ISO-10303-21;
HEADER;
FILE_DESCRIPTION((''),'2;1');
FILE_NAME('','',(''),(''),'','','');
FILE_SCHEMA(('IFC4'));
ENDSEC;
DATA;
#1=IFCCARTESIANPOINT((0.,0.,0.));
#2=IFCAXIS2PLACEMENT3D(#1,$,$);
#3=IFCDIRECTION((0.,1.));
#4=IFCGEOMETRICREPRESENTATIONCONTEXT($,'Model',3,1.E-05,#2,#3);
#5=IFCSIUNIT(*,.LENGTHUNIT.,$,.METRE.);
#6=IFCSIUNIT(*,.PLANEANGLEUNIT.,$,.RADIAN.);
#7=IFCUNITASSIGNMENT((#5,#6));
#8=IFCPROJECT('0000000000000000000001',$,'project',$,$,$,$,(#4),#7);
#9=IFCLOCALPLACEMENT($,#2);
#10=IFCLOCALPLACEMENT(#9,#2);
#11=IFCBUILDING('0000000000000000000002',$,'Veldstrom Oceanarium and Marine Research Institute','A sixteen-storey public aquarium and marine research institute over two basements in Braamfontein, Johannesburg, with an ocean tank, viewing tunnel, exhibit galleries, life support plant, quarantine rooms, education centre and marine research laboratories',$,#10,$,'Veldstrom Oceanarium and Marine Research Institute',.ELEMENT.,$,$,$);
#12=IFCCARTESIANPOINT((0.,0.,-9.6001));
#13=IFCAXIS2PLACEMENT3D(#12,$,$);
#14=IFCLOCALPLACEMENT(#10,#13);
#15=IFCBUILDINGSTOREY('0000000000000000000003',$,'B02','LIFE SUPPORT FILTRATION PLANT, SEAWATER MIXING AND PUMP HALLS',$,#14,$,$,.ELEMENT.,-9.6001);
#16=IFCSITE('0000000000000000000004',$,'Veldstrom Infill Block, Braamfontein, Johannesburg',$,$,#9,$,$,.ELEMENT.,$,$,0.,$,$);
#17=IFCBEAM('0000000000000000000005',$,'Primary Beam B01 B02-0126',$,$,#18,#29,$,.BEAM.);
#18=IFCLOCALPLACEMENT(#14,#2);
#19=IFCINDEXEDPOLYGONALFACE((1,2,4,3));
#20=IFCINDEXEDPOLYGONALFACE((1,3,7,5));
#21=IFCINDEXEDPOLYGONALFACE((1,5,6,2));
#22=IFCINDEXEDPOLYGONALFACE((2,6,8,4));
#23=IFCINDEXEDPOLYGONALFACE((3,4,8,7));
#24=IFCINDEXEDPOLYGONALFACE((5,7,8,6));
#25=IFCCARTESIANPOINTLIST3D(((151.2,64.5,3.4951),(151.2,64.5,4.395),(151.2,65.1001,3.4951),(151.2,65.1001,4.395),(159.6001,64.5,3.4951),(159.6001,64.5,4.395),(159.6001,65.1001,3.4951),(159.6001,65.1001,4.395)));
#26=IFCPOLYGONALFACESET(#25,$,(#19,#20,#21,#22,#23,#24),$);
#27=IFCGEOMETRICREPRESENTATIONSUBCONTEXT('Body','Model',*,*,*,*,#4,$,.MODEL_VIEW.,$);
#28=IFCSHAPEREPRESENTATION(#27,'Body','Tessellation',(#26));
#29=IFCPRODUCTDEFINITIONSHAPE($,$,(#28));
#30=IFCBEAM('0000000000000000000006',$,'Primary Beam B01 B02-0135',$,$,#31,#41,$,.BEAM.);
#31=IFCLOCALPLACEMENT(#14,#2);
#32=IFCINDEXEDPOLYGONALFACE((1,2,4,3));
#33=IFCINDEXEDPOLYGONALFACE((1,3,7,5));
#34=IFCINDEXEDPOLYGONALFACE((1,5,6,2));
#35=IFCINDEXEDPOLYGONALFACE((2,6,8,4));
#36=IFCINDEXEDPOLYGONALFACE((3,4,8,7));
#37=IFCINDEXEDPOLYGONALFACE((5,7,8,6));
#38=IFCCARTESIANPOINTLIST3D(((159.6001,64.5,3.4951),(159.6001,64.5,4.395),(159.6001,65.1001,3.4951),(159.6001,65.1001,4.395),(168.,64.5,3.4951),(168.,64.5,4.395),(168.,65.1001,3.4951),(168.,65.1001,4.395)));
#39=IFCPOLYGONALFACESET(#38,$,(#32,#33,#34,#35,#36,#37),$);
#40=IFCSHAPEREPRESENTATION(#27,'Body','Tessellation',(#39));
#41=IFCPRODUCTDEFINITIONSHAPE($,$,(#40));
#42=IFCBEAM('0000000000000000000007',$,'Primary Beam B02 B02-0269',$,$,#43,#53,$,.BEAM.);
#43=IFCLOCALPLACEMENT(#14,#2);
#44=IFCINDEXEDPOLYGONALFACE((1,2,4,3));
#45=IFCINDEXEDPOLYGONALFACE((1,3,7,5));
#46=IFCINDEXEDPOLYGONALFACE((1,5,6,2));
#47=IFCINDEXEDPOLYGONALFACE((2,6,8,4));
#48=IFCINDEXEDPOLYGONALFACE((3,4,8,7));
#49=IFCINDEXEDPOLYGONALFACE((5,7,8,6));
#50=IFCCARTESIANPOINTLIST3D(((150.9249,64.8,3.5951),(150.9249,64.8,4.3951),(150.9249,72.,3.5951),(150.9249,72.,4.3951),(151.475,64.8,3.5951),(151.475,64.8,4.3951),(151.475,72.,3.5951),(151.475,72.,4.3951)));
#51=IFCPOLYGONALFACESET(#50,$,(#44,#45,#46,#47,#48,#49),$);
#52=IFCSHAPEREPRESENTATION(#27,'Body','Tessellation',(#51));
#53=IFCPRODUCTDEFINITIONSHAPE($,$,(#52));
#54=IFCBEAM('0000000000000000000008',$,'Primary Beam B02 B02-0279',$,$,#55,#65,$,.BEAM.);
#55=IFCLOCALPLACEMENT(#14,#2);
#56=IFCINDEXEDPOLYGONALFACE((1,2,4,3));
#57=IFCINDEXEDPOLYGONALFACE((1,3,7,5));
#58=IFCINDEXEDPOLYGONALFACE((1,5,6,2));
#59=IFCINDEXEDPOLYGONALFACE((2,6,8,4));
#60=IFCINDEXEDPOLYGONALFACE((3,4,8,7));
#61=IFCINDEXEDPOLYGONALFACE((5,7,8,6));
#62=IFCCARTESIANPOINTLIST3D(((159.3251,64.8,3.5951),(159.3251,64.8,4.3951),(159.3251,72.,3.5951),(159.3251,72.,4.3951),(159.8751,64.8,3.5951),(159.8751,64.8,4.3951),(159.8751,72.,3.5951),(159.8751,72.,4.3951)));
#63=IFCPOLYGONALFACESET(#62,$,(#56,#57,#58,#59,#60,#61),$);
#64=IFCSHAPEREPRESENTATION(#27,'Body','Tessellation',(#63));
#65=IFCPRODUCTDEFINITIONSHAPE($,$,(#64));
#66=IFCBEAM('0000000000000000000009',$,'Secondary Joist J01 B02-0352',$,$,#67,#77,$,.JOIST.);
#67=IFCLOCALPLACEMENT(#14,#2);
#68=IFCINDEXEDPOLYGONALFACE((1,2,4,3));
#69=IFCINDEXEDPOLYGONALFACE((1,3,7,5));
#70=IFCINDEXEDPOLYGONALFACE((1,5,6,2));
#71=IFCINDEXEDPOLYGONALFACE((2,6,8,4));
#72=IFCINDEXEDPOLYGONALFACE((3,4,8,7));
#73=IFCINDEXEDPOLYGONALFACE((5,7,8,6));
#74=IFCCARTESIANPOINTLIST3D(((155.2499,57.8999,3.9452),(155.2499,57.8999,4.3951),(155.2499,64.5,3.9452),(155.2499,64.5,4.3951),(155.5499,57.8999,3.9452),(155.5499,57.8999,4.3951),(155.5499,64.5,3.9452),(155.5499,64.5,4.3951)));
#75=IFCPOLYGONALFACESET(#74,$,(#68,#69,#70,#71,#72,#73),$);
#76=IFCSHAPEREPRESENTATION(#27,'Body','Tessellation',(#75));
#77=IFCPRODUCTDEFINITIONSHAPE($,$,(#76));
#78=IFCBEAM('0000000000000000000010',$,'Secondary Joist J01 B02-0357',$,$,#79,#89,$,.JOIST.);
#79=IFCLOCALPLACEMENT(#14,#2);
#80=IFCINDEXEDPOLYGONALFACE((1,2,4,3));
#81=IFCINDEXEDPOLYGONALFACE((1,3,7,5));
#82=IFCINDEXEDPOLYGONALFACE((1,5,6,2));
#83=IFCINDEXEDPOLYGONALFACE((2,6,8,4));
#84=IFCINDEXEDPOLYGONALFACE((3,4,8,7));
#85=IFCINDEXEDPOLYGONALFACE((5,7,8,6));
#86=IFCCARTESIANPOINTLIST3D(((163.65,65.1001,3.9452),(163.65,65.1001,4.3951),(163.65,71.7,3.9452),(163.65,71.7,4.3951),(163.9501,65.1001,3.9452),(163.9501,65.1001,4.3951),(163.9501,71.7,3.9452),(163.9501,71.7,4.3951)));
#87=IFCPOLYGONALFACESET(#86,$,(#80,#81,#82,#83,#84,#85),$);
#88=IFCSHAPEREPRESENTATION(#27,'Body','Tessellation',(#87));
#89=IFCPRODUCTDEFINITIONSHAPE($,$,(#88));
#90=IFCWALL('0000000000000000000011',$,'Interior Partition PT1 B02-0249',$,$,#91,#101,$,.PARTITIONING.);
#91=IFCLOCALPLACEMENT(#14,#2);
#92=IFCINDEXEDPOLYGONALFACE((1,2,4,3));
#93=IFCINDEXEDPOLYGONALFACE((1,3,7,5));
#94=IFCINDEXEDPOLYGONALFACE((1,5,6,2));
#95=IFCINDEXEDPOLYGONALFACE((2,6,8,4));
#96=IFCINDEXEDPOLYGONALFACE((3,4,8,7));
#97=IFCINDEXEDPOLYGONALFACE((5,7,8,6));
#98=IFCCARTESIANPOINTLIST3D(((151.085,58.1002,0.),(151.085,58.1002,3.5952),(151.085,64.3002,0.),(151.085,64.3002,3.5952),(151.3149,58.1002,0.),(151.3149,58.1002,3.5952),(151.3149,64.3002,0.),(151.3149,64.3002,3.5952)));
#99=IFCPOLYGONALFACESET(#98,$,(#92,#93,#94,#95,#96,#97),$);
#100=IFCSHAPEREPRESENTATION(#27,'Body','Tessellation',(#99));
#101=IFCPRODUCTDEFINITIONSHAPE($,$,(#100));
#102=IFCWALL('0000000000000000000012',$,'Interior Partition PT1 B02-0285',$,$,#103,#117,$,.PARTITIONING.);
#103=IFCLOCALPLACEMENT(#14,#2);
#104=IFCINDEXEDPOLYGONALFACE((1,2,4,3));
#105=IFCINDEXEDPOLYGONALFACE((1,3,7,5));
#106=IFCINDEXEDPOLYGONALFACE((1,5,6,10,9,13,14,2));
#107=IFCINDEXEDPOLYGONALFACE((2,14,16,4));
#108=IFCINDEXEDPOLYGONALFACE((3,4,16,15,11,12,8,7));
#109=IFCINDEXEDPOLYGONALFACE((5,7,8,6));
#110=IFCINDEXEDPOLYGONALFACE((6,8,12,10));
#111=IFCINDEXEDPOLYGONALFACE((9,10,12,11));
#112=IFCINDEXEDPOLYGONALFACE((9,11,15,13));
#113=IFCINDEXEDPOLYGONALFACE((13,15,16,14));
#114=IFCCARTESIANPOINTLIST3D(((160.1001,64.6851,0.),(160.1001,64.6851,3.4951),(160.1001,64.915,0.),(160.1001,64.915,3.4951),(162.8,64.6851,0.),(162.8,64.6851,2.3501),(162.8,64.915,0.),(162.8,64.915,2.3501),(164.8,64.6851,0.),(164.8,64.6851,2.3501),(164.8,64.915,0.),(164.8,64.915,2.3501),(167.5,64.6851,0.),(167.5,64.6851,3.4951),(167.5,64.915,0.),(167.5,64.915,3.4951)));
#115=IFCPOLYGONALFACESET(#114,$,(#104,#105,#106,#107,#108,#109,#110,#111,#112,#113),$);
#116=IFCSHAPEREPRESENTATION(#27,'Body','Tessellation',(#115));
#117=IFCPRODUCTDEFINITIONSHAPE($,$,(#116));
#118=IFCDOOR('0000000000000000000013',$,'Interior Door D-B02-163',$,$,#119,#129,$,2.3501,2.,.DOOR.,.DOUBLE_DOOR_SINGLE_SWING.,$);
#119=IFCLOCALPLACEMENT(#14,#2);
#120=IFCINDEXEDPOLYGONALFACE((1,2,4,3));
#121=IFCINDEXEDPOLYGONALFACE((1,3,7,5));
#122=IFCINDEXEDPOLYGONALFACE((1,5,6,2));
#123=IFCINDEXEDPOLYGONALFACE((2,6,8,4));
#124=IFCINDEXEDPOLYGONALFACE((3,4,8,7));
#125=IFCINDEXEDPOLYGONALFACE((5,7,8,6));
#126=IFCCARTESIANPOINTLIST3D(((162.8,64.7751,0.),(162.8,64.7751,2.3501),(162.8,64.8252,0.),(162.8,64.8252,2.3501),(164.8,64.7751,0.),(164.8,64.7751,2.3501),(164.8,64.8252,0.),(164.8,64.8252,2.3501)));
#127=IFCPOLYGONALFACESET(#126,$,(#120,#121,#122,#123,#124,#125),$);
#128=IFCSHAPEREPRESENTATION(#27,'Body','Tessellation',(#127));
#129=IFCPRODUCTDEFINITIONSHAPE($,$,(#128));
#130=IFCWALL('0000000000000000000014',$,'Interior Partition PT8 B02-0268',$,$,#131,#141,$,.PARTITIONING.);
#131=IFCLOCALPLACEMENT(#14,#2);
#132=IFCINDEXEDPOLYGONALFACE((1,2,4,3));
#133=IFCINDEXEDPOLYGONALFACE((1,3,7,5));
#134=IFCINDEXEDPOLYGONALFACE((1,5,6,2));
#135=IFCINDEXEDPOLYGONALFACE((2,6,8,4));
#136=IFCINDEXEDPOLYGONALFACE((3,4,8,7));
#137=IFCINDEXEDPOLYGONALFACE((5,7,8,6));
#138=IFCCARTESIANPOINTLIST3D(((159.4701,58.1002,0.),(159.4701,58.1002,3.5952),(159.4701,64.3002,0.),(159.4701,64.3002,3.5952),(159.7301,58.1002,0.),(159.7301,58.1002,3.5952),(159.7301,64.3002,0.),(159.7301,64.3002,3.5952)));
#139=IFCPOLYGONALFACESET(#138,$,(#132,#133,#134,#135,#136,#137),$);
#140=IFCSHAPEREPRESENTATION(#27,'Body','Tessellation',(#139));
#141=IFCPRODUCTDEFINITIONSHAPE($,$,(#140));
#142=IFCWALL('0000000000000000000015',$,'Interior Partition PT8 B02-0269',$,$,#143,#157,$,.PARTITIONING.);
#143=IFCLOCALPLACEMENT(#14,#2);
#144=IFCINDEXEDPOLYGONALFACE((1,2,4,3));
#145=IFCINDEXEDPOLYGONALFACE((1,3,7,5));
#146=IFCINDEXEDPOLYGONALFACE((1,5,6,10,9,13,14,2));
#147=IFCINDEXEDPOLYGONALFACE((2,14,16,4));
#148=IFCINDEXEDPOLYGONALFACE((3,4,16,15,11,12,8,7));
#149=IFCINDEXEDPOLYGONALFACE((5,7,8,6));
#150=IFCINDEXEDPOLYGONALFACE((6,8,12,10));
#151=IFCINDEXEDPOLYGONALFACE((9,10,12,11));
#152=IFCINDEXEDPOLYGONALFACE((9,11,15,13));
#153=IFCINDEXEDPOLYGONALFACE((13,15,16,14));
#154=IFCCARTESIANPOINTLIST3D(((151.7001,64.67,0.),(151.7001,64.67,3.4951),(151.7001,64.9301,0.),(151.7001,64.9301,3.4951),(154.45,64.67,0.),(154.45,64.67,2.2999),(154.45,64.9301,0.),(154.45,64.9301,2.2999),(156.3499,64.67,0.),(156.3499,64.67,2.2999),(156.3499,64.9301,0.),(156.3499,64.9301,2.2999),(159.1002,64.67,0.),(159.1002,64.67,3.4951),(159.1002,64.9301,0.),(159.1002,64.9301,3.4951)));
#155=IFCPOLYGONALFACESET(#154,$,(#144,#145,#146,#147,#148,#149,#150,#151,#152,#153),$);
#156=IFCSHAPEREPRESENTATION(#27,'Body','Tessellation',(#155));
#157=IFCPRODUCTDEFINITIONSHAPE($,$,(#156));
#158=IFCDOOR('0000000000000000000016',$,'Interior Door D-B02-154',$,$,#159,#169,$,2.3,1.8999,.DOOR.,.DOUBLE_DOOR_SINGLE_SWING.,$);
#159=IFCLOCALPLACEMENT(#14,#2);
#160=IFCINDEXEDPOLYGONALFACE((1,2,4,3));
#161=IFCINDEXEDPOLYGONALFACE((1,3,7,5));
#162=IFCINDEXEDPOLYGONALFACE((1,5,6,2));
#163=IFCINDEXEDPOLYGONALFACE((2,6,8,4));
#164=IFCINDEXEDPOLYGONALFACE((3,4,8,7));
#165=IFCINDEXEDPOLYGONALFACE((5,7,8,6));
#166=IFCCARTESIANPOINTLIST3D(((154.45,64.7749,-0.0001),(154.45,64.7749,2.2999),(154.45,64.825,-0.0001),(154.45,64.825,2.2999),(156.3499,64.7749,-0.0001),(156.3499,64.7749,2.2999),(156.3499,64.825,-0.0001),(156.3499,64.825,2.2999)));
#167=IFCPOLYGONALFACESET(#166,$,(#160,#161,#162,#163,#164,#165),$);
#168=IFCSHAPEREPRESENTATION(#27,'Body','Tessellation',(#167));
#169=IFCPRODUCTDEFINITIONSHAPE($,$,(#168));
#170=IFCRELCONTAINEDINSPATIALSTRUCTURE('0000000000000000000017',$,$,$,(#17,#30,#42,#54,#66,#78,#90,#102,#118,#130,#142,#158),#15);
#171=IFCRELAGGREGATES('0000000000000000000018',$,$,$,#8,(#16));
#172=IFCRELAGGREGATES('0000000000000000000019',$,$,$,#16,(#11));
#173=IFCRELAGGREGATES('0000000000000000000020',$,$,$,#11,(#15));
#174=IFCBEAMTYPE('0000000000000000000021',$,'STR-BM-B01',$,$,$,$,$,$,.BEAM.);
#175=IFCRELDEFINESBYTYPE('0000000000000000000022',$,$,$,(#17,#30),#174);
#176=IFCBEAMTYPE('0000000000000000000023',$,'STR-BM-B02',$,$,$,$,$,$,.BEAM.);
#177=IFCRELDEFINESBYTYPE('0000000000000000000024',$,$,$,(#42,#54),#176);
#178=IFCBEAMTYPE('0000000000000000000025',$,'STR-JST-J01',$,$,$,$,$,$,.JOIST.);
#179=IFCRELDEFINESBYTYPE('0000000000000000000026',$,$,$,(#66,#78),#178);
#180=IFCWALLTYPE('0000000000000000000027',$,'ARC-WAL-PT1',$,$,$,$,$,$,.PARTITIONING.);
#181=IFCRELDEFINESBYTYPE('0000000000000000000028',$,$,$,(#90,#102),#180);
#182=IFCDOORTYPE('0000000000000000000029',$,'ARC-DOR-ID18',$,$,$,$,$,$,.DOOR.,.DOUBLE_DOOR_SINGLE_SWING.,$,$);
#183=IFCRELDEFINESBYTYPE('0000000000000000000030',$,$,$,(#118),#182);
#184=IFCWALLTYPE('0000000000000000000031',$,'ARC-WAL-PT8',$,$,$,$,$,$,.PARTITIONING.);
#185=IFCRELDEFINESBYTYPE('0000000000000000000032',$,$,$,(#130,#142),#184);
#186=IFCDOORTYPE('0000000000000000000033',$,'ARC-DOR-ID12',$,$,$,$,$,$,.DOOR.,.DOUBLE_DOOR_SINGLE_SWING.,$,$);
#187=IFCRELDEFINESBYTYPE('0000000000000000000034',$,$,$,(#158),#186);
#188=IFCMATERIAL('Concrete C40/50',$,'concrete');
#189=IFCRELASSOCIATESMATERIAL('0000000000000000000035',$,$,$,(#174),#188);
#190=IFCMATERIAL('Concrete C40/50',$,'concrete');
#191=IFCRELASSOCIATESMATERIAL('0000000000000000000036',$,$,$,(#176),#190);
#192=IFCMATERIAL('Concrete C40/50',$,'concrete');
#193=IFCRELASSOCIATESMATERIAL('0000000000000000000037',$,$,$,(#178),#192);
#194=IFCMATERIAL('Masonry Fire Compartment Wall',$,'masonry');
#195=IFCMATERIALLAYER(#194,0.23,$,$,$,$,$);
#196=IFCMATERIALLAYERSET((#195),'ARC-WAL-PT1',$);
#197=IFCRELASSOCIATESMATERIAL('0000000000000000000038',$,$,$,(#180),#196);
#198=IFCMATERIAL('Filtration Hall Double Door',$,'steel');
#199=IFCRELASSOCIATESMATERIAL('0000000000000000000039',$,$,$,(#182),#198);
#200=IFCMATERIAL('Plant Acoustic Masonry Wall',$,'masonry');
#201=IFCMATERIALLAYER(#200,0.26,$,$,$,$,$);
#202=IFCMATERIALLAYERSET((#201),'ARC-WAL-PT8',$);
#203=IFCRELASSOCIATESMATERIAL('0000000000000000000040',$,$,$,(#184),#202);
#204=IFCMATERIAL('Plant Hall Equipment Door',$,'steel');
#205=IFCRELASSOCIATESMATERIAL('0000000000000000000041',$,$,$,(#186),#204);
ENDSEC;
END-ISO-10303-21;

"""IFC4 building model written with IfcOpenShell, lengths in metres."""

from ifc_helpers import new_model, si_unit, direction, frame, frame_2d, origin, origin_2d, place, context, subcontext, project, spatial, rectangle, extrude, material, layer, layer_set, material_profile, profile_set, type_object, element, fill, save


model = new_model("IFC4")

# Units and contexts
model_context = context("Model", 3, precision=1e-05, world=origin(), true_north=direction((0.0, 1.0)))
body_context = subcontext(model_context, "Body", "Model", "MODEL_VIEW")
ifc_project = project(units=[si_unit("LENGTHUNIT", "METRE"), si_unit("PLANEANGLEUNIT", "RADIAN")], contexts=[model_context])

# Site, building, storey
site_placement = place(None, origin())
site = spatial("IfcSite", under=ifc_project, at=site_placement, Name="Veldstrom Infill Block, Braamfontein, Johannesburg", CompositionType="ELEMENT", RefElevation=0.0)
building_placement = place(site_placement, origin())
building = spatial("IfcBuilding", under=site, at=building_placement, Name="Veldstrom Oceanarium and Marine Research Institute", Description="A sixteen-storey public aquarium and marine research institute over two basements in Braamfontein, Johannesburg, with an ocean tank, viewing tunnel, exhibit galleries, life support plant, quarantine rooms, education centre and marine research laboratories", LongName="Veldstrom Oceanarium and Marine Research Institute", CompositionType="ELEMENT")
storey_placement = place(building_placement, frame((0.0, 0.0, -9.6001)))
storey = spatial("IfcBuildingStorey", under=building, at=storey_placement, Name="B02", Description="LIFE SUPPORT FILTRATION PLANT, SEAWATER MIXING AND PUMP HALLS", CompositionType="ELEMENT", Elevation=-9.6001)

# Beams
ifc_material_1 = material(Name="Concrete C40/50", Category="concrete")
ifc_material_profile_1 = material_profile(ifc_material_1, rectangle(XDim=0.6001, YDim=0.8999, at=origin_2d()), Name="RC-BM-600x900")
ifc_profile_set_1 = profile_set([ifc_material_profile_1], Name="Concrete C40/50")
beam_type_1 = type_object("IfcBeamType", Name="STR-BM-B01", PredefinedType="BEAM", material=ifc_profile_set_1)
beam_1_placement = place(storey_placement, frame((151.2, 64.8, 3.9451), z_axis=(1.0, 0.0, 0.0), x_axis=(0.0, 1.0, 0.0)))
element("IfcBeam", 1, at=beam_1_placement, inside=storey, type_object=beam_type_1, Name="Primary Beam B01 B02-0126", PredefinedType="BEAM", context=body_context, shape_type="SweptSolid", body=[
    extrude(rectangle(XDim=0.6001, YDim=0.8999, at=origin_2d()), origin(), (0.0, 0.0, 1.0), 8.4001),
])
beam_2_placement = place(storey_placement, frame((159.6001, 64.8, 3.9451), z_axis=(1.0, 0.0, 0.0), x_axis=(0.0, 1.0, 0.0)))
element("IfcBeam", 2, at=beam_2_placement, inside=storey, type_object=beam_type_1, Name="Primary Beam B01 B02-0135", PredefinedType="BEAM", context=body_context, shape_type="SweptSolid", body=[
    extrude(rectangle(XDim=0.6001, YDim=0.8999, at=origin_2d()), origin(), (0.0, 0.0, 1.0), 8.3999),
])
ifc_material_2 = material(Name="Concrete C40/50", Category="concrete")
ifc_material_profile_2 = material_profile(ifc_material_2, rectangle(XDim=0.55, YDim=0.8, at=origin_2d()), Name="RC-BM-550x800")
ifc_profile_set_2 = profile_set([ifc_material_profile_2], Name="Concrete C40/50")
beam_type_2 = type_object("IfcBeamType", Name="STR-BM-B02", PredefinedType="BEAM", material=ifc_profile_set_2)
for number, where, z_axis, x_axis, name in (
    (3, (151.2, 64.8, 3.9951), (0.0, 1.0, 0.0), (-1.0, 0.0, 0.0), "Primary Beam B02 B02-0269"),
    (4, (159.6001, 64.8, 3.9951), (0.0, 1.0, 0.0), (-1.0, 0.0, 0.0), "Primary Beam B02 B02-0279"),
):
    element("IfcBeam", number, at=place(storey_placement, frame(where, z_axis=z_axis, x_axis=x_axis)), inside=storey, type_object=beam_type_2, Name=name, PredefinedType="BEAM", context=body_context, shape_type="SweptSolid", body=[
        extrude(rectangle(XDim=0.55, YDim=0.8, at=origin_2d()), origin(), (0.0, 0.0, 1.0), 7.2),
    ])
ifc_material_3 = material(Name="Concrete C40/50", Category="concrete")
ifc_material_profile_3 = material_profile(ifc_material_3, rectangle(XDim=0.3, YDim=0.45, at=origin_2d()), Name="RC-JST-300x450")
ifc_profile_set_3 = profile_set([ifc_material_profile_3], Name="Concrete C40/50")
beam_type_3 = type_object("IfcBeamType", Name="STR-JST-J01", PredefinedType="JOIST", material=ifc_profile_set_3)
beam_3_placement = place(storey_placement, frame((155.3999, 57.8999, 4.1702), z_axis=(0.0, 1.0, 0.0), x_axis=(-1.0, 0.0, 0.0)))
element("IfcBeam", 5, at=beam_3_placement, inside=storey, type_object=beam_type_3, Name="Secondary Joist J01 B02-0352", PredefinedType="JOIST", context=body_context, shape_type="SweptSolid", body=[
    extrude(rectangle(XDim=0.3, YDim=0.45, at=origin_2d()), origin(), (0.0, 0.0, 1.0), 6.6001),
])
beam_4_placement = place(storey_placement, frame((163.8, 65.1001, 4.1702), z_axis=(0.0, 1.0, 0.0), x_axis=(-1.0, 0.0, 0.0)))
element("IfcBeam", 6, at=beam_4_placement, inside=storey, type_object=beam_type_3, Name="Secondary Joist J01 B02-0357", PredefinedType="JOIST", context=body_context, shape_type="SweptSolid", body=[
    extrude(rectangle(XDim=0.3, YDim=0.45, at=origin_2d()), origin(), (0.0, 0.0, 1.0), 6.5999),
])

# Wall
ifc_material_4 = material(Name="Masonry Fire Compartment Wall", Category="masonry")
ifc_layer_1 = layer(ifc_material_4, 0.23)
ifc_layer_set_1 = layer_set([ifc_layer_1], Name="ARC-WAL-PT1")
wall_type_1 = type_object("IfcWallType", Name="ARC-WAL-PT1", PredefinedType="PARTITIONING", material=ifc_layer_set_1)
wall_1_placement = place(storey_placement, frame((151.2, 58.1001, 0.0), z_axis=(0.0, 0.0, 1.0), x_axis=(0.0, 1.0, 0.0)))
element("IfcWall", 7, at=wall_1_placement, inside=storey, type_object=wall_type_1, Name="Interior Partition PT1 B02-0249", PredefinedType="PARTITIONING", context=body_context, shape_type="SweptSolid", body=[
    extrude(rectangle(XDim=6.2, YDim=0.23, at=frame_2d((3.1001, 0.0))), origin(), (0.0, 0.0, 1.0), 3.5952),
])

# Wall, opening, door
wall_2_placement = place(storey_placement, frame((160.1001, 64.8, 0.0), z_axis=(0.0, 0.0, 1.0), x_axis=(1.0, 0.0, 0.0)))
wall_2 = element("IfcWall", 8, at=wall_2_placement, inside=storey, type_object=wall_type_1, Name="Interior Partition PT1 B02-0285", PredefinedType="PARTITIONING", context=body_context, shape_type="SweptSolid", body=[
    extrude(rectangle(XDim=7.3999, YDim=0.23, at=frame_2d((3.7, 0.0))), origin(), (0.0, 0.0, 1.0), 3.4951),
])
opening_1_placement = place(wall_2_placement, frame((2.7, 0.0, 0.0)))
opening_1 = element("IfcOpeningElement", 9, at=opening_1_placement, cuts=wall_2, PredefinedType="OPENING", context=body_context, shape_type="SweptSolid", body=[
    extrude(rectangle(XDim=2.0, YDim=2.3501, at=frame_2d((1.0, 1.175))), frame((0.0, 0.125, 0.0), z_axis=(0.0, -1.0, 0.0), x_axis=(1.0, 0.0, 0.0)), (0.0, 0.0, 1.0), 0.25),
])
ifc_material_5 = material(Name="Filtration Hall Double Door", Category="steel")
door_type_1 = type_object("IfcDoorType", Name="ARC-DOR-ID18", OperationType="DOUBLE_DOOR_SINGLE_SWING", PredefinedType="DOOR", material=ifc_material_5)
door_1_placement = place(opening_1_placement, frame((2.0, 0.0, 0.0), z_axis=(0.0, 0.0, 1.0), x_axis=(-1.0, 0.0, 0.0)))
door_1 = element("IfcDoor", 10, at=door_1_placement, inside=storey, type_object=door_type_1, Name="Interior Door D-B02-163", OperationType="DOUBLE_DOOR_SINGLE_SWING", OverallHeight=2.3501, OverallWidth=2.0, PredefinedType="DOOR", context=body_context, shape_type="SweptSolid", body=[
    extrude(rectangle(XDim=2.0, YDim=2.3501, at=frame_2d((1.0, 1.175))), frame((0.0, 0.0249, 0.0), z_axis=(0.0, -1.0, 0.0), x_axis=(1.0, 0.0, 0.0)), (0.0, 0.0, 1.0), 0.05),
])
fill(opening_1, door_1)

# Wall
ifc_material_6 = material(Name="Plant Acoustic Masonry Wall", Category="masonry")
ifc_layer_2 = layer(ifc_material_6, 0.26)
ifc_layer_set_2 = layer_set([ifc_layer_2], Name="ARC-WAL-PT8")
wall_type_2 = type_object("IfcWallType", Name="ARC-WAL-PT8", PredefinedType="PARTITIONING", material=ifc_layer_set_2)
wall_3_placement = place(storey_placement, frame((159.6001, 58.1001, 0.0), z_axis=(0.0, 0.0, 1.0), x_axis=(0.0, 1.0, 0.0)))
element("IfcWall", 11, at=wall_3_placement, inside=storey, type_object=wall_type_2, Name="Interior Partition PT8 B02-0268", PredefinedType="PARTITIONING", context=body_context, shape_type="SweptSolid", body=[
    extrude(rectangle(XDim=6.2, YDim=0.26, at=frame_2d((3.1001, 0.0))), origin(), (0.0, 0.0, 1.0), 3.5952),
])

# Wall, opening, door
wall_4_placement = place(storey_placement, frame((151.7, 64.8, 0.0), z_axis=(0.0, 0.0, 1.0), x_axis=(1.0, 0.0, 0.0)))
wall_4 = element("IfcWall", 12, at=wall_4_placement, inside=storey, type_object=wall_type_2, Name="Interior Partition PT8 B02-0269", PredefinedType="PARTITIONING", context=body_context, shape_type="SweptSolid", body=[
    extrude(rectangle(XDim=7.4001, YDim=0.26, at=frame_2d((3.7002, 0.0))), origin(), (0.0, 0.0, 1.0), 3.4951),
])
opening_2_placement = place(wall_4_placement, frame((2.75, 0.0, 0.0)))
opening_2 = element("IfcOpeningElement", 13, at=opening_2_placement, cuts=wall_4, PredefinedType="OPENING", context=body_context, shape_type="SweptSolid", body=[
    extrude(rectangle(XDim=1.8999, YDim=2.3, at=frame_2d((0.95, 1.1499))), frame((0.0, 0.1399, 0.0), z_axis=(0.0, -1.0, 0.0), x_axis=(1.0, 0.0, 0.0)), (0.0, 0.0, 1.0), 0.28),
])
ifc_material_7 = material(Name="Plant Hall Equipment Door", Category="steel")
door_type_2 = type_object("IfcDoorType", Name="ARC-DOR-ID12", OperationType="DOUBLE_DOOR_SINGLE_SWING", PredefinedType="DOOR", material=ifc_material_7)
door_2_placement = place(opening_2_placement, origin())
door_2 = element("IfcDoor", 14, at=door_2_placement, inside=storey, type_object=door_type_2, Name="Interior Door D-B02-154", OperationType="DOUBLE_DOOR_SINGLE_SWING", OverallHeight=2.3, OverallWidth=1.8999, PredefinedType="DOOR", context=body_context, shape_type="SweptSolid", body=[
    extrude(rectangle(XDim=1.8999, YDim=2.3, at=frame_2d((0.95, 1.1499))), frame((0.0, 0.0249, 0.0), z_axis=(0.0, -1.0, 0.0), x_axis=(1.0, 0.0, 0.0)), (0.0, 0.0, 1.0), 0.05),
])
fill(opening_2, door_2)

save(model, "model.ifc")
